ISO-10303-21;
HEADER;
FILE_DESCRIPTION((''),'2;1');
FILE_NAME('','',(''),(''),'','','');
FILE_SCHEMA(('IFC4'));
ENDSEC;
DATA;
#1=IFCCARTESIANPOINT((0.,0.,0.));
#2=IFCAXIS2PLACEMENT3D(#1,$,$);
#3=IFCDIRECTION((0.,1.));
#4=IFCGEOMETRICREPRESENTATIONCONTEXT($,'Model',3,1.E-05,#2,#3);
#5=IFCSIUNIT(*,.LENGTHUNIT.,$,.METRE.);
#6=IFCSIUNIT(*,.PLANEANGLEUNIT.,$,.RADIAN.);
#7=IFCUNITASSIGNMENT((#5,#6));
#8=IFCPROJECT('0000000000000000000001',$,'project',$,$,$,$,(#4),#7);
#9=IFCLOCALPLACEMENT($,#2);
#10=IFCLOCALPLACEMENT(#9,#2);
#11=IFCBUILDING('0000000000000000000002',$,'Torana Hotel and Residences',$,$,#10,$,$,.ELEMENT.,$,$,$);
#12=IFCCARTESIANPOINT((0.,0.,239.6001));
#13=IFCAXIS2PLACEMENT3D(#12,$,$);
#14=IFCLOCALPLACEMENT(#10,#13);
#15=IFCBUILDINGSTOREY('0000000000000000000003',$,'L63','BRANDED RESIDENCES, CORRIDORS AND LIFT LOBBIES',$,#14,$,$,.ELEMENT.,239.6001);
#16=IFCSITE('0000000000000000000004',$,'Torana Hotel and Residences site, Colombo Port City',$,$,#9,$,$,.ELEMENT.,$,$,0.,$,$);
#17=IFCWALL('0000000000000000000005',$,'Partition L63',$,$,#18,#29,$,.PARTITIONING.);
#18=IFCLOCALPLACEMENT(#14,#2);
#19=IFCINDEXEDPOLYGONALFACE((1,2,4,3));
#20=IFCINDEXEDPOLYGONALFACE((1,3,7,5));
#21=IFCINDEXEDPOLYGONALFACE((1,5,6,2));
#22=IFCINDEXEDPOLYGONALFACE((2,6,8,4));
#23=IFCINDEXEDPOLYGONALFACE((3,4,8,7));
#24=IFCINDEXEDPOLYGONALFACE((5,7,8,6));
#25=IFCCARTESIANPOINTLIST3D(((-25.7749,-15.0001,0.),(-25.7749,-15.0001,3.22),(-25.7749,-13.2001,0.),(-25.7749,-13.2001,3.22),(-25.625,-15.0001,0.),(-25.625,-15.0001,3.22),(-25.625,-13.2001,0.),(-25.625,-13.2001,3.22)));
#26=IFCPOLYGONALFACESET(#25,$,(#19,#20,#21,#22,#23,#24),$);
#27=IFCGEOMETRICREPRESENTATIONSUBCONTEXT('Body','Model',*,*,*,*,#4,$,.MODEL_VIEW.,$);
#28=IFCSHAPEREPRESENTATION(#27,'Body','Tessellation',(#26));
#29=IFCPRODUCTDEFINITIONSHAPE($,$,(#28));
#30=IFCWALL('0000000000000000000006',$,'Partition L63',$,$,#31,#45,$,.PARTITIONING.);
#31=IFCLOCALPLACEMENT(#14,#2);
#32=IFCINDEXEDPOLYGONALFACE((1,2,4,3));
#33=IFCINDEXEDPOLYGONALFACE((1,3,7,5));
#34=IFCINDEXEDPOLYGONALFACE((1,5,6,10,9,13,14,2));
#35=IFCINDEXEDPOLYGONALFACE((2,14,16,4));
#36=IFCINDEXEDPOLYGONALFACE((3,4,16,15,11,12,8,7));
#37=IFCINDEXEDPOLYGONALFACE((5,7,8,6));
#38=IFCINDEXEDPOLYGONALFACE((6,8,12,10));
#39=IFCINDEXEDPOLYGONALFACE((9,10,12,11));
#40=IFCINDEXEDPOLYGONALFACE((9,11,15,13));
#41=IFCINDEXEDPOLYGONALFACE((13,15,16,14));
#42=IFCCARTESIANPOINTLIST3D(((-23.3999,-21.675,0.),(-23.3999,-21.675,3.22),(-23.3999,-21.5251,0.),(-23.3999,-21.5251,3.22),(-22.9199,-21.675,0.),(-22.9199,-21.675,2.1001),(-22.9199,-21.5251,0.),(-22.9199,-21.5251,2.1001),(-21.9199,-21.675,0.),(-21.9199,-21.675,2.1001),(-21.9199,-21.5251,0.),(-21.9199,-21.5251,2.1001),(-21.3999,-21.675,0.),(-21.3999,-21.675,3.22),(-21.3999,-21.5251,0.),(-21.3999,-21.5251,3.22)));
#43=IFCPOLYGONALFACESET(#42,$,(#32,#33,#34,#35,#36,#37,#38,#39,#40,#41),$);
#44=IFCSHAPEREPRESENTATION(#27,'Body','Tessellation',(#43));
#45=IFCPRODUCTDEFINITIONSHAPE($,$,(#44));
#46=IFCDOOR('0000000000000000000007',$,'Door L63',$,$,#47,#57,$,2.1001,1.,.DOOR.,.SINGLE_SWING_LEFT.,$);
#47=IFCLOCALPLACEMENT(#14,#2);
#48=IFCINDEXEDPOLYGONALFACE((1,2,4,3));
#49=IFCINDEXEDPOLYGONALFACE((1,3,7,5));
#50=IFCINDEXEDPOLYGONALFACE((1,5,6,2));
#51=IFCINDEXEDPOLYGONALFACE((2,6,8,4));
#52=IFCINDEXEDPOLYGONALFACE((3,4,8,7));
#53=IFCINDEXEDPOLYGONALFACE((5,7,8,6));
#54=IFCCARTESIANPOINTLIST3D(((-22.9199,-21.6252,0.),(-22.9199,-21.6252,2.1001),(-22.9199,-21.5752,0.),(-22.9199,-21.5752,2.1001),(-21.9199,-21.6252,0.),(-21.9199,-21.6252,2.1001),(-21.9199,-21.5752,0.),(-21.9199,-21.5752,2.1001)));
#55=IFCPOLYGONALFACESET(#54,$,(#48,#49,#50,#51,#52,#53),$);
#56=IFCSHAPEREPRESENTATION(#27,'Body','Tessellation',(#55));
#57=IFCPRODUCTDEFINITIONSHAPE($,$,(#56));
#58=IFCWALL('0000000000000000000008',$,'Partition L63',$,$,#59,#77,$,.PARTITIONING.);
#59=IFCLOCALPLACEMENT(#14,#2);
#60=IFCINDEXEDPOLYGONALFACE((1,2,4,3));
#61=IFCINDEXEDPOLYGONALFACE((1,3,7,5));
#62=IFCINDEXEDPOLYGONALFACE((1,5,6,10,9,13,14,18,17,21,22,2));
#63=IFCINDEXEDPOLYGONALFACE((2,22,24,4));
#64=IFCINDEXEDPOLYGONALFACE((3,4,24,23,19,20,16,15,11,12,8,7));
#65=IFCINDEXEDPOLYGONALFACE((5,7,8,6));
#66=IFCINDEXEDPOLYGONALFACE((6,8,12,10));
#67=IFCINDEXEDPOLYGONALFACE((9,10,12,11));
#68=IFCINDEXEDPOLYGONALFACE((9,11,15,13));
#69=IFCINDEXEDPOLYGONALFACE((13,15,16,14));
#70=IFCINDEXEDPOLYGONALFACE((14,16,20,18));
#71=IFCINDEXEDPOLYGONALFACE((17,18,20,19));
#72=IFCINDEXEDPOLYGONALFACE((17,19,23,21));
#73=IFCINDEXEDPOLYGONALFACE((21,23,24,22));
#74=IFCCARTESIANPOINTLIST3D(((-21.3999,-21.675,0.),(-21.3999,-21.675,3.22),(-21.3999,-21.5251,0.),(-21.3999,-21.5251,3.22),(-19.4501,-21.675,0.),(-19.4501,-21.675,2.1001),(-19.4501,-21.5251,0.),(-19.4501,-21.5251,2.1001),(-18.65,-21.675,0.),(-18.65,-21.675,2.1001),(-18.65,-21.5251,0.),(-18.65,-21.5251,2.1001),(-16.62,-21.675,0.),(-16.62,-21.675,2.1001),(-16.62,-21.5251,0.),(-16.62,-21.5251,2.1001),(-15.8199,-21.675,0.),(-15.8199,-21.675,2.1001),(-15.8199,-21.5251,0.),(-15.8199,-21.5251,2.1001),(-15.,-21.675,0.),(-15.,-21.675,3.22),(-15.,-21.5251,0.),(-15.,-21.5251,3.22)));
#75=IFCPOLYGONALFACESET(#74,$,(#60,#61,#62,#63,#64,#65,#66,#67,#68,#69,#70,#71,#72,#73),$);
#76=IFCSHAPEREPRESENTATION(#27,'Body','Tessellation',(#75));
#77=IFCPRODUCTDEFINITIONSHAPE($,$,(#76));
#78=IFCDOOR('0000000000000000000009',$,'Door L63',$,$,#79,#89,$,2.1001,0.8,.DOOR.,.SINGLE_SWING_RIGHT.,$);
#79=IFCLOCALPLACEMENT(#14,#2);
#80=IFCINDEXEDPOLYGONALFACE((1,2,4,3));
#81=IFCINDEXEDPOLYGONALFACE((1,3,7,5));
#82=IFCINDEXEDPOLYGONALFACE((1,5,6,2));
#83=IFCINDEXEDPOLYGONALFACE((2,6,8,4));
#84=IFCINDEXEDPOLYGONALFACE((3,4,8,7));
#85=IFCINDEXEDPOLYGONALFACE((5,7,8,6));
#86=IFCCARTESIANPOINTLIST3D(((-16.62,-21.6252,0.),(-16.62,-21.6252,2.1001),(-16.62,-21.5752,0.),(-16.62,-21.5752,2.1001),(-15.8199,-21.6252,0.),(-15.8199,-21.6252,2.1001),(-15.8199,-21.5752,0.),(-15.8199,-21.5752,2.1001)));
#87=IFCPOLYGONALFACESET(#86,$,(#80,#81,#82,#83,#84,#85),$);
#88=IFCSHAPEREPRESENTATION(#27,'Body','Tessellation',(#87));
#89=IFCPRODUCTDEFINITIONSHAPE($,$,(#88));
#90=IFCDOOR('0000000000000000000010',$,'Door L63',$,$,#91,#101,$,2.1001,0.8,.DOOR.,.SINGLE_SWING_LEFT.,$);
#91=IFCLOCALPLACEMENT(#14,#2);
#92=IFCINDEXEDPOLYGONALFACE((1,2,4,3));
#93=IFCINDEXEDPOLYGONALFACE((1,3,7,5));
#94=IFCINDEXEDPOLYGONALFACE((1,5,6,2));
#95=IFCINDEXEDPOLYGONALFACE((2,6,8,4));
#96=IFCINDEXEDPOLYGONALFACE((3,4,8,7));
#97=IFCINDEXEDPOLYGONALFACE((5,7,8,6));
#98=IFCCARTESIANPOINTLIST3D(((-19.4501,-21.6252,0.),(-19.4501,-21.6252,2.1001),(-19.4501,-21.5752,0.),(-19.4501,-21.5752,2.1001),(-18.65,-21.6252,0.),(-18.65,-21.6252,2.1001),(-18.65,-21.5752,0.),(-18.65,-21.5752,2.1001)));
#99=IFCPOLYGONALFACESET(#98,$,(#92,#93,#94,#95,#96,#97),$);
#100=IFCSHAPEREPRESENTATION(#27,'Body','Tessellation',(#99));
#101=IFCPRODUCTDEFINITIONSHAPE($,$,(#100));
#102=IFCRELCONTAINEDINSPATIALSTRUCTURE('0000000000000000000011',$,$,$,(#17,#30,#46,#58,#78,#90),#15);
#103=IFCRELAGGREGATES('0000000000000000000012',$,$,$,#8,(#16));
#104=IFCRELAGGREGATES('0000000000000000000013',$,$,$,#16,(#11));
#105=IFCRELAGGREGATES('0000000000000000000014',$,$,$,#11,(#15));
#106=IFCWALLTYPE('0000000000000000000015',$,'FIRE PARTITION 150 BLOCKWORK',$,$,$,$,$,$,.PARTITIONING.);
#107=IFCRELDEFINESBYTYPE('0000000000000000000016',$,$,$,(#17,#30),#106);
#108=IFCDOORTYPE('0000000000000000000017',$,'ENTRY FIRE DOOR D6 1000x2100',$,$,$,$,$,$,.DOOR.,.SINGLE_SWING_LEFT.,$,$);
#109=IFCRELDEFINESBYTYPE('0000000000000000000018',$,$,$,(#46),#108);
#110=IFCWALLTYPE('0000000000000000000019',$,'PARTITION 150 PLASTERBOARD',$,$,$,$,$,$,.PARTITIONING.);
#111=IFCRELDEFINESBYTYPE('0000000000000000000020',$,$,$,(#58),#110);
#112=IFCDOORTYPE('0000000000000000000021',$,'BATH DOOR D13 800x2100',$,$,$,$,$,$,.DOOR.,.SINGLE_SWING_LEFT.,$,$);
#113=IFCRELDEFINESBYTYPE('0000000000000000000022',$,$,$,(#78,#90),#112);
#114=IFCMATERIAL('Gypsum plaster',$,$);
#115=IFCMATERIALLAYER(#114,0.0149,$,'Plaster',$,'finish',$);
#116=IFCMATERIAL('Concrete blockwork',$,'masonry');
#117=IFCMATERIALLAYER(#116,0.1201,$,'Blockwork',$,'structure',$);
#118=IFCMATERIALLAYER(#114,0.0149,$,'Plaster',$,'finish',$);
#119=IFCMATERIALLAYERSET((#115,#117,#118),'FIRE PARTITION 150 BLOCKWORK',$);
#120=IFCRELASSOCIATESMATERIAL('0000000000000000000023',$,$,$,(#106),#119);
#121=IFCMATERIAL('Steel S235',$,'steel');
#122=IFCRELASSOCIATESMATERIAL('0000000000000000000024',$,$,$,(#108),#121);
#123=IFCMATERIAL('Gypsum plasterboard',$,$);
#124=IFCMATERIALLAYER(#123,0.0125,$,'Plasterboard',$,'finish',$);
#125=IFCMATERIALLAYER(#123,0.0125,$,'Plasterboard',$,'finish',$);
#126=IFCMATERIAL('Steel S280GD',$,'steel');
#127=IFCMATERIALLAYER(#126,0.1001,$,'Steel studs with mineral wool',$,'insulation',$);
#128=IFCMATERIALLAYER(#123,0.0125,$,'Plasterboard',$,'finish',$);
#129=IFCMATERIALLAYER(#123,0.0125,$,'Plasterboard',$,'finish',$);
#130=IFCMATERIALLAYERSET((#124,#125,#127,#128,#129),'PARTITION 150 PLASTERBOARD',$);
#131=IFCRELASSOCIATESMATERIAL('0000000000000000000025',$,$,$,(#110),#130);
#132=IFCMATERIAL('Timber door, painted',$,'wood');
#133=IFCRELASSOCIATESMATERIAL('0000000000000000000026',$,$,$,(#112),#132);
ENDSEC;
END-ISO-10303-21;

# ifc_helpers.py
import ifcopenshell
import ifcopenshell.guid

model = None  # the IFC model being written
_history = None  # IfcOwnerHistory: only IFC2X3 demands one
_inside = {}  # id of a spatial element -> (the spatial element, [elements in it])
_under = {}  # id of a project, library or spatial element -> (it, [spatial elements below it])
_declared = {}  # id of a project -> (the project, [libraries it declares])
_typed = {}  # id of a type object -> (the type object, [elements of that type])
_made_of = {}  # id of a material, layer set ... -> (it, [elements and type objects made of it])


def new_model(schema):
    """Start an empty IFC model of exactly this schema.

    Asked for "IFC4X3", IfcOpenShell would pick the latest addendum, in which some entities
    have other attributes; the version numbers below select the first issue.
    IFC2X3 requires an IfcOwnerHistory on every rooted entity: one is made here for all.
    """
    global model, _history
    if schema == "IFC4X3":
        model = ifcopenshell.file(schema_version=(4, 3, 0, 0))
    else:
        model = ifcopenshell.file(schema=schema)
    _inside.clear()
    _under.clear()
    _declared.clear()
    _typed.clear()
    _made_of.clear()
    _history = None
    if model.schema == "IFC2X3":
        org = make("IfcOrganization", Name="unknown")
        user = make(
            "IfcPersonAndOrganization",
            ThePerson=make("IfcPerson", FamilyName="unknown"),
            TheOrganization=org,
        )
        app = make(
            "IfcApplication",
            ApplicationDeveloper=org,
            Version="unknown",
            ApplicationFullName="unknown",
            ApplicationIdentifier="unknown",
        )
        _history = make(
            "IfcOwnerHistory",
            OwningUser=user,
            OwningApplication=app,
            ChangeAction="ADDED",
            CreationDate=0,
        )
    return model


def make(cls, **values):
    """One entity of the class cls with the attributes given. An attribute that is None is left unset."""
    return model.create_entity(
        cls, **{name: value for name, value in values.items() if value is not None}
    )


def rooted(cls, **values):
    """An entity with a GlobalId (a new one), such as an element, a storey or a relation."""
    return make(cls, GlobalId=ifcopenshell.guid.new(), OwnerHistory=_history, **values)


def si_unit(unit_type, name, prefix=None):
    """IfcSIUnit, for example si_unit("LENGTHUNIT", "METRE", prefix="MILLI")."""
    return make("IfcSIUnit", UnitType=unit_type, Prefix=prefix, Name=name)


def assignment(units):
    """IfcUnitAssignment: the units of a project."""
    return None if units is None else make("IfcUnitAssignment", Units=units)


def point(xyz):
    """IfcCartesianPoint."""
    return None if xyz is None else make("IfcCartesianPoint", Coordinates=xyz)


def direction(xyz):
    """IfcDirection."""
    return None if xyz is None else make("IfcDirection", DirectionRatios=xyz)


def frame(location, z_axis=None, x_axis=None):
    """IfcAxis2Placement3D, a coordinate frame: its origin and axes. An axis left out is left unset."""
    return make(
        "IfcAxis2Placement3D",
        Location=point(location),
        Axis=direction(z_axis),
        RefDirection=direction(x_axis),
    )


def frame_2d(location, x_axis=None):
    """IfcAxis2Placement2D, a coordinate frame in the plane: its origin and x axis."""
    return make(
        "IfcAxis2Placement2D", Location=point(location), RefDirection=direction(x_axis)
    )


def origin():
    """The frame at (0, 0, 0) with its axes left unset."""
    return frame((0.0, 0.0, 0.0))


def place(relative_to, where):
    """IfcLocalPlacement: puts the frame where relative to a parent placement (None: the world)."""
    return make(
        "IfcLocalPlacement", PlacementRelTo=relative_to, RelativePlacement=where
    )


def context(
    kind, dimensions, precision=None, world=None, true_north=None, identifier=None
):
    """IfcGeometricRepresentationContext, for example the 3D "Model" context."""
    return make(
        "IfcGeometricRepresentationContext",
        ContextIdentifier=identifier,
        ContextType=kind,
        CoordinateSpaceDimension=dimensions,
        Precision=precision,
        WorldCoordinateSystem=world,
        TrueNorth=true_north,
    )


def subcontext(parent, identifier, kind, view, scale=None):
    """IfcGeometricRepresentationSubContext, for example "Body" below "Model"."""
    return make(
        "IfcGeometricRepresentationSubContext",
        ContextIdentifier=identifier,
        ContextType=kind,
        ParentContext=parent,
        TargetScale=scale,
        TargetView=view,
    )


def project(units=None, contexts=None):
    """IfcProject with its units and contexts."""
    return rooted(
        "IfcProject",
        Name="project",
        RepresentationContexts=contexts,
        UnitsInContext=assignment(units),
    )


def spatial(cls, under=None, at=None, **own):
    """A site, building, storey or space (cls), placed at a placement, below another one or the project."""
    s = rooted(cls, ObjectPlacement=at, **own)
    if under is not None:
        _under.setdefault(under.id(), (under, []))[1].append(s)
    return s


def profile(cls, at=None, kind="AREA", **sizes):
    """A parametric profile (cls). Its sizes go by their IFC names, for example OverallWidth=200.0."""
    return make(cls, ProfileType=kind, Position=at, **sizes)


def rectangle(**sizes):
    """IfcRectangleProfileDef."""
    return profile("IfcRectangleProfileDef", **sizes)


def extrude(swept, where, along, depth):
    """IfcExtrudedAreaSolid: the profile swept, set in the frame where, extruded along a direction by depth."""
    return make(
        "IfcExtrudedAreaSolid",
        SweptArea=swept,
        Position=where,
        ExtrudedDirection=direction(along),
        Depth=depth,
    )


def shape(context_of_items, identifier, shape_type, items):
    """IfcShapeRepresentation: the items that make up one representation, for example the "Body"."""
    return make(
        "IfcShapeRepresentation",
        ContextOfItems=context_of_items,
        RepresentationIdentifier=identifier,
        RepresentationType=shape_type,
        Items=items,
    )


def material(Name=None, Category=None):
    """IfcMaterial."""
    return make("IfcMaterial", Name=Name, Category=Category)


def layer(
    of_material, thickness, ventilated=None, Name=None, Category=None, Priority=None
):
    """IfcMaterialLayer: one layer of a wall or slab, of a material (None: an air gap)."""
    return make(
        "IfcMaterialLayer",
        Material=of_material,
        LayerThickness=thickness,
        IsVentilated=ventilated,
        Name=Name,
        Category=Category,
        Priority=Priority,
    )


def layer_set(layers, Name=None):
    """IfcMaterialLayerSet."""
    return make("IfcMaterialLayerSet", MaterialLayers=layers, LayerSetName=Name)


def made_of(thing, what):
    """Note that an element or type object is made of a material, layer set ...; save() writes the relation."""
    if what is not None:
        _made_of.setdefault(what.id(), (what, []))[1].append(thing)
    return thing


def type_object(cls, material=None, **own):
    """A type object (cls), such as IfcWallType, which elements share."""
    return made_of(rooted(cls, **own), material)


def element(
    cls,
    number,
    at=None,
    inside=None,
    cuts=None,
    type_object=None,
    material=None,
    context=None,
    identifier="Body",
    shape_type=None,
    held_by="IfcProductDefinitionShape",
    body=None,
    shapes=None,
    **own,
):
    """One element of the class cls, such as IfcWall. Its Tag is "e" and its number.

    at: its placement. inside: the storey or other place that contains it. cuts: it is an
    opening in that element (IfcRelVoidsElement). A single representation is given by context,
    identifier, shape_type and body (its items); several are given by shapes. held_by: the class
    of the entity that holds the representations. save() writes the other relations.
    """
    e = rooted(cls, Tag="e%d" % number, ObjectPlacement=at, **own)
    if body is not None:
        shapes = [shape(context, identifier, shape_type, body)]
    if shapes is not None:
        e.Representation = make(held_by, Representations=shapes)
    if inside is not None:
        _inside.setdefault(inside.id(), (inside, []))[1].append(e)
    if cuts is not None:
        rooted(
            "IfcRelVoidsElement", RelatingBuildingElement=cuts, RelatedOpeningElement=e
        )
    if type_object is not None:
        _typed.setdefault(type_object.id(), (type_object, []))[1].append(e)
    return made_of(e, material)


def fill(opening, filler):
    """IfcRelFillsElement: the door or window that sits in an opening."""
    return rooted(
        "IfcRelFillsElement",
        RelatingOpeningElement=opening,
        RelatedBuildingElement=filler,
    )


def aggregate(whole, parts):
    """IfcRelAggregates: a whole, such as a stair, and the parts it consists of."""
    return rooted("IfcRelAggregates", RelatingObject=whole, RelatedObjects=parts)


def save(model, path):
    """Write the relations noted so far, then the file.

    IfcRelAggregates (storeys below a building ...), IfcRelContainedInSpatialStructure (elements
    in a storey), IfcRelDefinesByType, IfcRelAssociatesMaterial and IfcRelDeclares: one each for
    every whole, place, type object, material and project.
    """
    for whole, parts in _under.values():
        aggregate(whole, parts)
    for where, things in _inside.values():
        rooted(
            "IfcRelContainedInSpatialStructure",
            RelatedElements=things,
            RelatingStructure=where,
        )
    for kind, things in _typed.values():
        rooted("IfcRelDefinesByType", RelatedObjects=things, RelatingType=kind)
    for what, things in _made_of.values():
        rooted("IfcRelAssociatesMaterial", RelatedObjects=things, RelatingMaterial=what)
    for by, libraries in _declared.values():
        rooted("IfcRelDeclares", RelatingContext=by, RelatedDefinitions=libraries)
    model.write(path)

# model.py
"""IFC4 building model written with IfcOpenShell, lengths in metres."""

from ifc_helpers import new_model, si_unit, direction, frame, frame_2d, origin, place, context, subcontext, project, spatial, rectangle, extrude, material, layer, layer_set, type_object, element, fill, save


model = new_model("IFC4")

# Units and contexts
model_context = context("Model", 3, precision=1e-05, world=origin(), true_north=direction((0.0, 1.0)))
body_context = subcontext(model_context, "Body", "Model", "MODEL_VIEW")
ifc_project = project(units=[si_unit("LENGTHUNIT", "METRE"), si_unit("PLANEANGLEUNIT", "RADIAN")], contexts=[model_context])

# Site, building, storey
site_placement = place(None, origin())
site = spatial("IfcSite", under=ifc_project, at=site_placement, Name="Torana Hotel and Residences site, Colombo Port City", CompositionType="ELEMENT", RefElevation=0.0)
building_placement = place(site_placement, origin())
building = spatial("IfcBuilding", under=site, at=building_placement, Name="Torana Hotel and Residences", CompositionType="ELEMENT")
storey_placement = place(building_placement, frame((0.0, 0.0, 239.6001)))
storey = spatial("IfcBuildingStorey", under=building, at=storey_placement, Name="L63", Description="BRANDED RESIDENCES, CORRIDORS AND LIFT LOBBIES", CompositionType="ELEMENT", Elevation=239.6001)

# Shared definitions
ifc_material_1 = material(Name="Gypsum plaster")
ifc_layer_1 = layer(ifc_material_1, 0.0149, Name="Plaster", Category="finish")
ifc_material_2 = material(Name="Concrete blockwork", Category="masonry")
ifc_layer_2 = layer(ifc_material_2, 0.1201, Name="Blockwork", Category="structure")
ifc_layer_3 = layer(ifc_material_1, 0.0149, Name="Plaster", Category="finish")
ifc_layer_set_1 = layer_set([ifc_layer_1, ifc_layer_2, ifc_layer_3], Name="FIRE PARTITION 150 BLOCKWORK")
wall_type_1 = type_object("IfcWallType", Name="FIRE PARTITION 150 BLOCKWORK", PredefinedType="PARTITIONING", material=ifc_layer_set_1)

# Shared definitions
ifc_material_3 = material(Name="Steel S235", Category="steel")
door_type_1 = type_object("IfcDoorType", Name="ENTRY FIRE DOOR D6 1000x2100", OperationType="SINGLE_SWING_LEFT", PredefinedType="DOOR", material=ifc_material_3)

# Wall
wall_1_placement = place(storey_placement, frame((-25.7, -15.0, 0.0), z_axis=(0.0, 0.0, 1.0), x_axis=(0.0, 1.0, 0.0)))
element("IfcWall", 1, at=wall_1_placement, inside=storey, type_object=wall_type_1, Name="Partition L63", PredefinedType="PARTITIONING", context=body_context, shape_type="SweptSolid", body=[
    extrude(rectangle(XDim=1.8, YDim=0.1499, at=frame_2d((0.8999, 0.0))), origin(), (0.0, 0.0, 1.0), 3.22),
])

# Wall, opening, door
wall_2_placement = place(storey_placement, frame((-23.3999, -21.6001, 0.0), z_axis=(0.0, 0.0, 1.0), x_axis=(1.0, 0.0, 0.0)))
wall_2 = element("IfcWall", 2, at=wall_2_placement, inside=storey, type_object=wall_type_1, Name="Partition L63", PredefinedType="PARTITIONING", context=body_context, shape_type="SweptSolid", body=[
    extrude(rectangle(XDim=2.0, YDim=0.1499, at=frame_2d((1.0, 0.0))), origin(), (0.0, 0.0, 1.0), 3.22),
])
opening_1_placement = place(wall_2_placement, frame((0.48, 0.0, 0.0)))
opening_1 = element("IfcOpeningElement", 3, at=opening_1_placement, cuts=wall_2, PredefinedType="OPENING", context=body_context, shape_type="SweptSolid", body=[
    extrude(rectangle(XDim=1.0, YDim=2.1001, at=frame_2d((0.5, 1.05))), frame((0.0, 0.085, 0.0), z_axis=(0.0, -1.0, 0.0), x_axis=(1.0, 0.0, 0.0)), (0.0, 0.0, 1.0), 0.1699),
])
door_1_placement = place(opening_1_placement, frame((0.5, 0.0, 0.0), z_axis=(0.0, 0.0, 1.0), x_axis=(-1.0, 0.0, 0.0)))
door_1 = element("IfcDoor", 4, at=door_1_placement, inside=storey, type_object=door_type_1, Name="Door L63", OperationType="SINGLE_SWING_LEFT", OverallHeight=2.1001, OverallWidth=1.0, PredefinedType="DOOR", context=body_context, shape_type="SweptSolid", body=[
    extrude(rectangle(XDim=1.0, YDim=2.1001, at=frame_2d((0.0, 1.05))), frame((0.0, -0.0249, 0.0), z_axis=(0.0, 1.0, 0.0), x_axis=(-1.0, 0.0, 0.0)), (0.0, 0.0, 1.0), 0.05),
])
fill(opening_1, door_1)

# Wall, openings, doors
ifc_material_4 = material(Name="Gypsum plasterboard")
ifc_layer_4 = layer(ifc_material_4, 0.0125, Name="Plasterboard", Category="finish")
ifc_layer_5 = layer(ifc_material_4, 0.0125, Name="Plasterboard", Category="finish")
ifc_material_5 = material(Name="Steel S280GD", Category="steel")
ifc_layer_6 = layer(ifc_material_5, 0.1001, Name="Steel studs with mineral wool", Category="insulation")
ifc_layer_7 = layer(ifc_material_4, 0.0125, Name="Plasterboard", Category="finish")
ifc_layer_8 = layer(ifc_material_4, 0.0125, Name="Plasterboard", Category="finish")
ifc_layer_set_2 = layer_set([ifc_layer_4, ifc_layer_5, ifc_layer_6, ifc_layer_7, ifc_layer_8], Name="PARTITION 150 PLASTERBOARD")
wall_type_2 = type_object("IfcWallType", Name="PARTITION 150 PLASTERBOARD", PredefinedType="PARTITIONING", material=ifc_layer_set_2)
wall_3_placement = place(storey_placement, frame((-21.3999, -21.6001, 0.0), z_axis=(0.0, 0.0, 1.0), x_axis=(1.0, 0.0, 0.0)))
wall_3 = element("IfcWall", 5, at=wall_3_placement, inside=storey, type_object=wall_type_2, Name="Partition L63", PredefinedType="PARTITIONING", context=body_context, shape_type="SweptSolid", body=[
    extrude(rectangle(XDim=6.3999, YDim=0.1499, at=frame_2d((3.2, 0.0))), origin(), (0.0, 0.0, 1.0), 3.22),
])
opening_2_placement = place(wall_3_placement, frame((4.78, 0.0, 0.0)))
opening_2 = element("IfcOpeningElement", 6, at=opening_2_placement, cuts=wall_3, PredefinedType="OPENING", context=body_context, shape_type="SweptSolid", body=[
    extrude(rectangle(XDim=0.8, YDim=2.1001, at=frame_2d((0.3999, 1.05))), frame((0.0, 0.085, 0.0), z_axis=(0.0, -1.0, 0.0), x_axis=(1.0, 0.0, 0.0)), (0.0, 0.0, 1.0), 0.1699),
])
opening_3_placement = place(wall_3_placement, frame((1.95, 0.0, 0.0)))
opening_3 = element("IfcOpeningElement", 7, at=opening_3_placement, cuts=wall_3, PredefinedType="OPENING", context=body_context, shape_type="SweptSolid", body=[
    extrude(rectangle(XDim=0.8, YDim=2.1001, at=frame_2d((0.3999, 1.05))), frame((0.0, 0.085, 0.0), z_axis=(0.0, -1.0, 0.0), x_axis=(1.0, 0.0, 0.0)), (0.0, 0.0, 1.0), 0.1699),
])
ifc_material_6 = material(Name="Timber door, painted", Category="wood")
door_type_2 = type_object("IfcDoorType", Name="BATH DOOR D13 800x2100", OperationType="SINGLE_SWING_LEFT", PredefinedType="DOOR", material=ifc_material_6)
door_2_placement = place(opening_2_placement, origin())
door_2 = element("IfcDoor", 8, at=door_2_placement, inside=storey, type_object=door_type_2, Name="Door L63", OperationType="SINGLE_SWING_RIGHT", OverallHeight=2.1001, OverallWidth=0.8, PredefinedType="DOOR", context=body_context, shape_type="SweptSolid", body=[
    extrude(rectangle(XDim=0.8, YDim=2.1001, at=frame_2d((0.3999, 1.05))), frame((0.0, 0.0249, 0.0), z_axis=(0.0, -1.0, 0.0), x_axis=(1.0, 0.0, 0.0)), (0.0, 0.0, 1.0), 0.05),
])
fill(opening_2, door_2)
door_3_placement = place(opening_3_placement, origin())
door_3 = element("IfcDoor", 9, at=door_3_placement, inside=storey, type_object=door_type_2, Name="Door L63", OperationType="SINGLE_SWING_LEFT", OverallHeight=2.1001, OverallWidth=0.8, PredefinedType="DOOR", context=body_context, shape_type="SweptSolid", body=[
    extrude(rectangle(XDim=0.8, YDim=2.1001, at=frame_2d((0.3999, 1.05))), frame((0.0, 0.0249, 0.0), z_axis=(0.0, -1.0, 0.0), x_axis=(1.0, 0.0, 0.0)), (0.0, 0.0, 1.0), 0.05),
])
fill(opening_3, door_3)

save(model, "model.ifc")
